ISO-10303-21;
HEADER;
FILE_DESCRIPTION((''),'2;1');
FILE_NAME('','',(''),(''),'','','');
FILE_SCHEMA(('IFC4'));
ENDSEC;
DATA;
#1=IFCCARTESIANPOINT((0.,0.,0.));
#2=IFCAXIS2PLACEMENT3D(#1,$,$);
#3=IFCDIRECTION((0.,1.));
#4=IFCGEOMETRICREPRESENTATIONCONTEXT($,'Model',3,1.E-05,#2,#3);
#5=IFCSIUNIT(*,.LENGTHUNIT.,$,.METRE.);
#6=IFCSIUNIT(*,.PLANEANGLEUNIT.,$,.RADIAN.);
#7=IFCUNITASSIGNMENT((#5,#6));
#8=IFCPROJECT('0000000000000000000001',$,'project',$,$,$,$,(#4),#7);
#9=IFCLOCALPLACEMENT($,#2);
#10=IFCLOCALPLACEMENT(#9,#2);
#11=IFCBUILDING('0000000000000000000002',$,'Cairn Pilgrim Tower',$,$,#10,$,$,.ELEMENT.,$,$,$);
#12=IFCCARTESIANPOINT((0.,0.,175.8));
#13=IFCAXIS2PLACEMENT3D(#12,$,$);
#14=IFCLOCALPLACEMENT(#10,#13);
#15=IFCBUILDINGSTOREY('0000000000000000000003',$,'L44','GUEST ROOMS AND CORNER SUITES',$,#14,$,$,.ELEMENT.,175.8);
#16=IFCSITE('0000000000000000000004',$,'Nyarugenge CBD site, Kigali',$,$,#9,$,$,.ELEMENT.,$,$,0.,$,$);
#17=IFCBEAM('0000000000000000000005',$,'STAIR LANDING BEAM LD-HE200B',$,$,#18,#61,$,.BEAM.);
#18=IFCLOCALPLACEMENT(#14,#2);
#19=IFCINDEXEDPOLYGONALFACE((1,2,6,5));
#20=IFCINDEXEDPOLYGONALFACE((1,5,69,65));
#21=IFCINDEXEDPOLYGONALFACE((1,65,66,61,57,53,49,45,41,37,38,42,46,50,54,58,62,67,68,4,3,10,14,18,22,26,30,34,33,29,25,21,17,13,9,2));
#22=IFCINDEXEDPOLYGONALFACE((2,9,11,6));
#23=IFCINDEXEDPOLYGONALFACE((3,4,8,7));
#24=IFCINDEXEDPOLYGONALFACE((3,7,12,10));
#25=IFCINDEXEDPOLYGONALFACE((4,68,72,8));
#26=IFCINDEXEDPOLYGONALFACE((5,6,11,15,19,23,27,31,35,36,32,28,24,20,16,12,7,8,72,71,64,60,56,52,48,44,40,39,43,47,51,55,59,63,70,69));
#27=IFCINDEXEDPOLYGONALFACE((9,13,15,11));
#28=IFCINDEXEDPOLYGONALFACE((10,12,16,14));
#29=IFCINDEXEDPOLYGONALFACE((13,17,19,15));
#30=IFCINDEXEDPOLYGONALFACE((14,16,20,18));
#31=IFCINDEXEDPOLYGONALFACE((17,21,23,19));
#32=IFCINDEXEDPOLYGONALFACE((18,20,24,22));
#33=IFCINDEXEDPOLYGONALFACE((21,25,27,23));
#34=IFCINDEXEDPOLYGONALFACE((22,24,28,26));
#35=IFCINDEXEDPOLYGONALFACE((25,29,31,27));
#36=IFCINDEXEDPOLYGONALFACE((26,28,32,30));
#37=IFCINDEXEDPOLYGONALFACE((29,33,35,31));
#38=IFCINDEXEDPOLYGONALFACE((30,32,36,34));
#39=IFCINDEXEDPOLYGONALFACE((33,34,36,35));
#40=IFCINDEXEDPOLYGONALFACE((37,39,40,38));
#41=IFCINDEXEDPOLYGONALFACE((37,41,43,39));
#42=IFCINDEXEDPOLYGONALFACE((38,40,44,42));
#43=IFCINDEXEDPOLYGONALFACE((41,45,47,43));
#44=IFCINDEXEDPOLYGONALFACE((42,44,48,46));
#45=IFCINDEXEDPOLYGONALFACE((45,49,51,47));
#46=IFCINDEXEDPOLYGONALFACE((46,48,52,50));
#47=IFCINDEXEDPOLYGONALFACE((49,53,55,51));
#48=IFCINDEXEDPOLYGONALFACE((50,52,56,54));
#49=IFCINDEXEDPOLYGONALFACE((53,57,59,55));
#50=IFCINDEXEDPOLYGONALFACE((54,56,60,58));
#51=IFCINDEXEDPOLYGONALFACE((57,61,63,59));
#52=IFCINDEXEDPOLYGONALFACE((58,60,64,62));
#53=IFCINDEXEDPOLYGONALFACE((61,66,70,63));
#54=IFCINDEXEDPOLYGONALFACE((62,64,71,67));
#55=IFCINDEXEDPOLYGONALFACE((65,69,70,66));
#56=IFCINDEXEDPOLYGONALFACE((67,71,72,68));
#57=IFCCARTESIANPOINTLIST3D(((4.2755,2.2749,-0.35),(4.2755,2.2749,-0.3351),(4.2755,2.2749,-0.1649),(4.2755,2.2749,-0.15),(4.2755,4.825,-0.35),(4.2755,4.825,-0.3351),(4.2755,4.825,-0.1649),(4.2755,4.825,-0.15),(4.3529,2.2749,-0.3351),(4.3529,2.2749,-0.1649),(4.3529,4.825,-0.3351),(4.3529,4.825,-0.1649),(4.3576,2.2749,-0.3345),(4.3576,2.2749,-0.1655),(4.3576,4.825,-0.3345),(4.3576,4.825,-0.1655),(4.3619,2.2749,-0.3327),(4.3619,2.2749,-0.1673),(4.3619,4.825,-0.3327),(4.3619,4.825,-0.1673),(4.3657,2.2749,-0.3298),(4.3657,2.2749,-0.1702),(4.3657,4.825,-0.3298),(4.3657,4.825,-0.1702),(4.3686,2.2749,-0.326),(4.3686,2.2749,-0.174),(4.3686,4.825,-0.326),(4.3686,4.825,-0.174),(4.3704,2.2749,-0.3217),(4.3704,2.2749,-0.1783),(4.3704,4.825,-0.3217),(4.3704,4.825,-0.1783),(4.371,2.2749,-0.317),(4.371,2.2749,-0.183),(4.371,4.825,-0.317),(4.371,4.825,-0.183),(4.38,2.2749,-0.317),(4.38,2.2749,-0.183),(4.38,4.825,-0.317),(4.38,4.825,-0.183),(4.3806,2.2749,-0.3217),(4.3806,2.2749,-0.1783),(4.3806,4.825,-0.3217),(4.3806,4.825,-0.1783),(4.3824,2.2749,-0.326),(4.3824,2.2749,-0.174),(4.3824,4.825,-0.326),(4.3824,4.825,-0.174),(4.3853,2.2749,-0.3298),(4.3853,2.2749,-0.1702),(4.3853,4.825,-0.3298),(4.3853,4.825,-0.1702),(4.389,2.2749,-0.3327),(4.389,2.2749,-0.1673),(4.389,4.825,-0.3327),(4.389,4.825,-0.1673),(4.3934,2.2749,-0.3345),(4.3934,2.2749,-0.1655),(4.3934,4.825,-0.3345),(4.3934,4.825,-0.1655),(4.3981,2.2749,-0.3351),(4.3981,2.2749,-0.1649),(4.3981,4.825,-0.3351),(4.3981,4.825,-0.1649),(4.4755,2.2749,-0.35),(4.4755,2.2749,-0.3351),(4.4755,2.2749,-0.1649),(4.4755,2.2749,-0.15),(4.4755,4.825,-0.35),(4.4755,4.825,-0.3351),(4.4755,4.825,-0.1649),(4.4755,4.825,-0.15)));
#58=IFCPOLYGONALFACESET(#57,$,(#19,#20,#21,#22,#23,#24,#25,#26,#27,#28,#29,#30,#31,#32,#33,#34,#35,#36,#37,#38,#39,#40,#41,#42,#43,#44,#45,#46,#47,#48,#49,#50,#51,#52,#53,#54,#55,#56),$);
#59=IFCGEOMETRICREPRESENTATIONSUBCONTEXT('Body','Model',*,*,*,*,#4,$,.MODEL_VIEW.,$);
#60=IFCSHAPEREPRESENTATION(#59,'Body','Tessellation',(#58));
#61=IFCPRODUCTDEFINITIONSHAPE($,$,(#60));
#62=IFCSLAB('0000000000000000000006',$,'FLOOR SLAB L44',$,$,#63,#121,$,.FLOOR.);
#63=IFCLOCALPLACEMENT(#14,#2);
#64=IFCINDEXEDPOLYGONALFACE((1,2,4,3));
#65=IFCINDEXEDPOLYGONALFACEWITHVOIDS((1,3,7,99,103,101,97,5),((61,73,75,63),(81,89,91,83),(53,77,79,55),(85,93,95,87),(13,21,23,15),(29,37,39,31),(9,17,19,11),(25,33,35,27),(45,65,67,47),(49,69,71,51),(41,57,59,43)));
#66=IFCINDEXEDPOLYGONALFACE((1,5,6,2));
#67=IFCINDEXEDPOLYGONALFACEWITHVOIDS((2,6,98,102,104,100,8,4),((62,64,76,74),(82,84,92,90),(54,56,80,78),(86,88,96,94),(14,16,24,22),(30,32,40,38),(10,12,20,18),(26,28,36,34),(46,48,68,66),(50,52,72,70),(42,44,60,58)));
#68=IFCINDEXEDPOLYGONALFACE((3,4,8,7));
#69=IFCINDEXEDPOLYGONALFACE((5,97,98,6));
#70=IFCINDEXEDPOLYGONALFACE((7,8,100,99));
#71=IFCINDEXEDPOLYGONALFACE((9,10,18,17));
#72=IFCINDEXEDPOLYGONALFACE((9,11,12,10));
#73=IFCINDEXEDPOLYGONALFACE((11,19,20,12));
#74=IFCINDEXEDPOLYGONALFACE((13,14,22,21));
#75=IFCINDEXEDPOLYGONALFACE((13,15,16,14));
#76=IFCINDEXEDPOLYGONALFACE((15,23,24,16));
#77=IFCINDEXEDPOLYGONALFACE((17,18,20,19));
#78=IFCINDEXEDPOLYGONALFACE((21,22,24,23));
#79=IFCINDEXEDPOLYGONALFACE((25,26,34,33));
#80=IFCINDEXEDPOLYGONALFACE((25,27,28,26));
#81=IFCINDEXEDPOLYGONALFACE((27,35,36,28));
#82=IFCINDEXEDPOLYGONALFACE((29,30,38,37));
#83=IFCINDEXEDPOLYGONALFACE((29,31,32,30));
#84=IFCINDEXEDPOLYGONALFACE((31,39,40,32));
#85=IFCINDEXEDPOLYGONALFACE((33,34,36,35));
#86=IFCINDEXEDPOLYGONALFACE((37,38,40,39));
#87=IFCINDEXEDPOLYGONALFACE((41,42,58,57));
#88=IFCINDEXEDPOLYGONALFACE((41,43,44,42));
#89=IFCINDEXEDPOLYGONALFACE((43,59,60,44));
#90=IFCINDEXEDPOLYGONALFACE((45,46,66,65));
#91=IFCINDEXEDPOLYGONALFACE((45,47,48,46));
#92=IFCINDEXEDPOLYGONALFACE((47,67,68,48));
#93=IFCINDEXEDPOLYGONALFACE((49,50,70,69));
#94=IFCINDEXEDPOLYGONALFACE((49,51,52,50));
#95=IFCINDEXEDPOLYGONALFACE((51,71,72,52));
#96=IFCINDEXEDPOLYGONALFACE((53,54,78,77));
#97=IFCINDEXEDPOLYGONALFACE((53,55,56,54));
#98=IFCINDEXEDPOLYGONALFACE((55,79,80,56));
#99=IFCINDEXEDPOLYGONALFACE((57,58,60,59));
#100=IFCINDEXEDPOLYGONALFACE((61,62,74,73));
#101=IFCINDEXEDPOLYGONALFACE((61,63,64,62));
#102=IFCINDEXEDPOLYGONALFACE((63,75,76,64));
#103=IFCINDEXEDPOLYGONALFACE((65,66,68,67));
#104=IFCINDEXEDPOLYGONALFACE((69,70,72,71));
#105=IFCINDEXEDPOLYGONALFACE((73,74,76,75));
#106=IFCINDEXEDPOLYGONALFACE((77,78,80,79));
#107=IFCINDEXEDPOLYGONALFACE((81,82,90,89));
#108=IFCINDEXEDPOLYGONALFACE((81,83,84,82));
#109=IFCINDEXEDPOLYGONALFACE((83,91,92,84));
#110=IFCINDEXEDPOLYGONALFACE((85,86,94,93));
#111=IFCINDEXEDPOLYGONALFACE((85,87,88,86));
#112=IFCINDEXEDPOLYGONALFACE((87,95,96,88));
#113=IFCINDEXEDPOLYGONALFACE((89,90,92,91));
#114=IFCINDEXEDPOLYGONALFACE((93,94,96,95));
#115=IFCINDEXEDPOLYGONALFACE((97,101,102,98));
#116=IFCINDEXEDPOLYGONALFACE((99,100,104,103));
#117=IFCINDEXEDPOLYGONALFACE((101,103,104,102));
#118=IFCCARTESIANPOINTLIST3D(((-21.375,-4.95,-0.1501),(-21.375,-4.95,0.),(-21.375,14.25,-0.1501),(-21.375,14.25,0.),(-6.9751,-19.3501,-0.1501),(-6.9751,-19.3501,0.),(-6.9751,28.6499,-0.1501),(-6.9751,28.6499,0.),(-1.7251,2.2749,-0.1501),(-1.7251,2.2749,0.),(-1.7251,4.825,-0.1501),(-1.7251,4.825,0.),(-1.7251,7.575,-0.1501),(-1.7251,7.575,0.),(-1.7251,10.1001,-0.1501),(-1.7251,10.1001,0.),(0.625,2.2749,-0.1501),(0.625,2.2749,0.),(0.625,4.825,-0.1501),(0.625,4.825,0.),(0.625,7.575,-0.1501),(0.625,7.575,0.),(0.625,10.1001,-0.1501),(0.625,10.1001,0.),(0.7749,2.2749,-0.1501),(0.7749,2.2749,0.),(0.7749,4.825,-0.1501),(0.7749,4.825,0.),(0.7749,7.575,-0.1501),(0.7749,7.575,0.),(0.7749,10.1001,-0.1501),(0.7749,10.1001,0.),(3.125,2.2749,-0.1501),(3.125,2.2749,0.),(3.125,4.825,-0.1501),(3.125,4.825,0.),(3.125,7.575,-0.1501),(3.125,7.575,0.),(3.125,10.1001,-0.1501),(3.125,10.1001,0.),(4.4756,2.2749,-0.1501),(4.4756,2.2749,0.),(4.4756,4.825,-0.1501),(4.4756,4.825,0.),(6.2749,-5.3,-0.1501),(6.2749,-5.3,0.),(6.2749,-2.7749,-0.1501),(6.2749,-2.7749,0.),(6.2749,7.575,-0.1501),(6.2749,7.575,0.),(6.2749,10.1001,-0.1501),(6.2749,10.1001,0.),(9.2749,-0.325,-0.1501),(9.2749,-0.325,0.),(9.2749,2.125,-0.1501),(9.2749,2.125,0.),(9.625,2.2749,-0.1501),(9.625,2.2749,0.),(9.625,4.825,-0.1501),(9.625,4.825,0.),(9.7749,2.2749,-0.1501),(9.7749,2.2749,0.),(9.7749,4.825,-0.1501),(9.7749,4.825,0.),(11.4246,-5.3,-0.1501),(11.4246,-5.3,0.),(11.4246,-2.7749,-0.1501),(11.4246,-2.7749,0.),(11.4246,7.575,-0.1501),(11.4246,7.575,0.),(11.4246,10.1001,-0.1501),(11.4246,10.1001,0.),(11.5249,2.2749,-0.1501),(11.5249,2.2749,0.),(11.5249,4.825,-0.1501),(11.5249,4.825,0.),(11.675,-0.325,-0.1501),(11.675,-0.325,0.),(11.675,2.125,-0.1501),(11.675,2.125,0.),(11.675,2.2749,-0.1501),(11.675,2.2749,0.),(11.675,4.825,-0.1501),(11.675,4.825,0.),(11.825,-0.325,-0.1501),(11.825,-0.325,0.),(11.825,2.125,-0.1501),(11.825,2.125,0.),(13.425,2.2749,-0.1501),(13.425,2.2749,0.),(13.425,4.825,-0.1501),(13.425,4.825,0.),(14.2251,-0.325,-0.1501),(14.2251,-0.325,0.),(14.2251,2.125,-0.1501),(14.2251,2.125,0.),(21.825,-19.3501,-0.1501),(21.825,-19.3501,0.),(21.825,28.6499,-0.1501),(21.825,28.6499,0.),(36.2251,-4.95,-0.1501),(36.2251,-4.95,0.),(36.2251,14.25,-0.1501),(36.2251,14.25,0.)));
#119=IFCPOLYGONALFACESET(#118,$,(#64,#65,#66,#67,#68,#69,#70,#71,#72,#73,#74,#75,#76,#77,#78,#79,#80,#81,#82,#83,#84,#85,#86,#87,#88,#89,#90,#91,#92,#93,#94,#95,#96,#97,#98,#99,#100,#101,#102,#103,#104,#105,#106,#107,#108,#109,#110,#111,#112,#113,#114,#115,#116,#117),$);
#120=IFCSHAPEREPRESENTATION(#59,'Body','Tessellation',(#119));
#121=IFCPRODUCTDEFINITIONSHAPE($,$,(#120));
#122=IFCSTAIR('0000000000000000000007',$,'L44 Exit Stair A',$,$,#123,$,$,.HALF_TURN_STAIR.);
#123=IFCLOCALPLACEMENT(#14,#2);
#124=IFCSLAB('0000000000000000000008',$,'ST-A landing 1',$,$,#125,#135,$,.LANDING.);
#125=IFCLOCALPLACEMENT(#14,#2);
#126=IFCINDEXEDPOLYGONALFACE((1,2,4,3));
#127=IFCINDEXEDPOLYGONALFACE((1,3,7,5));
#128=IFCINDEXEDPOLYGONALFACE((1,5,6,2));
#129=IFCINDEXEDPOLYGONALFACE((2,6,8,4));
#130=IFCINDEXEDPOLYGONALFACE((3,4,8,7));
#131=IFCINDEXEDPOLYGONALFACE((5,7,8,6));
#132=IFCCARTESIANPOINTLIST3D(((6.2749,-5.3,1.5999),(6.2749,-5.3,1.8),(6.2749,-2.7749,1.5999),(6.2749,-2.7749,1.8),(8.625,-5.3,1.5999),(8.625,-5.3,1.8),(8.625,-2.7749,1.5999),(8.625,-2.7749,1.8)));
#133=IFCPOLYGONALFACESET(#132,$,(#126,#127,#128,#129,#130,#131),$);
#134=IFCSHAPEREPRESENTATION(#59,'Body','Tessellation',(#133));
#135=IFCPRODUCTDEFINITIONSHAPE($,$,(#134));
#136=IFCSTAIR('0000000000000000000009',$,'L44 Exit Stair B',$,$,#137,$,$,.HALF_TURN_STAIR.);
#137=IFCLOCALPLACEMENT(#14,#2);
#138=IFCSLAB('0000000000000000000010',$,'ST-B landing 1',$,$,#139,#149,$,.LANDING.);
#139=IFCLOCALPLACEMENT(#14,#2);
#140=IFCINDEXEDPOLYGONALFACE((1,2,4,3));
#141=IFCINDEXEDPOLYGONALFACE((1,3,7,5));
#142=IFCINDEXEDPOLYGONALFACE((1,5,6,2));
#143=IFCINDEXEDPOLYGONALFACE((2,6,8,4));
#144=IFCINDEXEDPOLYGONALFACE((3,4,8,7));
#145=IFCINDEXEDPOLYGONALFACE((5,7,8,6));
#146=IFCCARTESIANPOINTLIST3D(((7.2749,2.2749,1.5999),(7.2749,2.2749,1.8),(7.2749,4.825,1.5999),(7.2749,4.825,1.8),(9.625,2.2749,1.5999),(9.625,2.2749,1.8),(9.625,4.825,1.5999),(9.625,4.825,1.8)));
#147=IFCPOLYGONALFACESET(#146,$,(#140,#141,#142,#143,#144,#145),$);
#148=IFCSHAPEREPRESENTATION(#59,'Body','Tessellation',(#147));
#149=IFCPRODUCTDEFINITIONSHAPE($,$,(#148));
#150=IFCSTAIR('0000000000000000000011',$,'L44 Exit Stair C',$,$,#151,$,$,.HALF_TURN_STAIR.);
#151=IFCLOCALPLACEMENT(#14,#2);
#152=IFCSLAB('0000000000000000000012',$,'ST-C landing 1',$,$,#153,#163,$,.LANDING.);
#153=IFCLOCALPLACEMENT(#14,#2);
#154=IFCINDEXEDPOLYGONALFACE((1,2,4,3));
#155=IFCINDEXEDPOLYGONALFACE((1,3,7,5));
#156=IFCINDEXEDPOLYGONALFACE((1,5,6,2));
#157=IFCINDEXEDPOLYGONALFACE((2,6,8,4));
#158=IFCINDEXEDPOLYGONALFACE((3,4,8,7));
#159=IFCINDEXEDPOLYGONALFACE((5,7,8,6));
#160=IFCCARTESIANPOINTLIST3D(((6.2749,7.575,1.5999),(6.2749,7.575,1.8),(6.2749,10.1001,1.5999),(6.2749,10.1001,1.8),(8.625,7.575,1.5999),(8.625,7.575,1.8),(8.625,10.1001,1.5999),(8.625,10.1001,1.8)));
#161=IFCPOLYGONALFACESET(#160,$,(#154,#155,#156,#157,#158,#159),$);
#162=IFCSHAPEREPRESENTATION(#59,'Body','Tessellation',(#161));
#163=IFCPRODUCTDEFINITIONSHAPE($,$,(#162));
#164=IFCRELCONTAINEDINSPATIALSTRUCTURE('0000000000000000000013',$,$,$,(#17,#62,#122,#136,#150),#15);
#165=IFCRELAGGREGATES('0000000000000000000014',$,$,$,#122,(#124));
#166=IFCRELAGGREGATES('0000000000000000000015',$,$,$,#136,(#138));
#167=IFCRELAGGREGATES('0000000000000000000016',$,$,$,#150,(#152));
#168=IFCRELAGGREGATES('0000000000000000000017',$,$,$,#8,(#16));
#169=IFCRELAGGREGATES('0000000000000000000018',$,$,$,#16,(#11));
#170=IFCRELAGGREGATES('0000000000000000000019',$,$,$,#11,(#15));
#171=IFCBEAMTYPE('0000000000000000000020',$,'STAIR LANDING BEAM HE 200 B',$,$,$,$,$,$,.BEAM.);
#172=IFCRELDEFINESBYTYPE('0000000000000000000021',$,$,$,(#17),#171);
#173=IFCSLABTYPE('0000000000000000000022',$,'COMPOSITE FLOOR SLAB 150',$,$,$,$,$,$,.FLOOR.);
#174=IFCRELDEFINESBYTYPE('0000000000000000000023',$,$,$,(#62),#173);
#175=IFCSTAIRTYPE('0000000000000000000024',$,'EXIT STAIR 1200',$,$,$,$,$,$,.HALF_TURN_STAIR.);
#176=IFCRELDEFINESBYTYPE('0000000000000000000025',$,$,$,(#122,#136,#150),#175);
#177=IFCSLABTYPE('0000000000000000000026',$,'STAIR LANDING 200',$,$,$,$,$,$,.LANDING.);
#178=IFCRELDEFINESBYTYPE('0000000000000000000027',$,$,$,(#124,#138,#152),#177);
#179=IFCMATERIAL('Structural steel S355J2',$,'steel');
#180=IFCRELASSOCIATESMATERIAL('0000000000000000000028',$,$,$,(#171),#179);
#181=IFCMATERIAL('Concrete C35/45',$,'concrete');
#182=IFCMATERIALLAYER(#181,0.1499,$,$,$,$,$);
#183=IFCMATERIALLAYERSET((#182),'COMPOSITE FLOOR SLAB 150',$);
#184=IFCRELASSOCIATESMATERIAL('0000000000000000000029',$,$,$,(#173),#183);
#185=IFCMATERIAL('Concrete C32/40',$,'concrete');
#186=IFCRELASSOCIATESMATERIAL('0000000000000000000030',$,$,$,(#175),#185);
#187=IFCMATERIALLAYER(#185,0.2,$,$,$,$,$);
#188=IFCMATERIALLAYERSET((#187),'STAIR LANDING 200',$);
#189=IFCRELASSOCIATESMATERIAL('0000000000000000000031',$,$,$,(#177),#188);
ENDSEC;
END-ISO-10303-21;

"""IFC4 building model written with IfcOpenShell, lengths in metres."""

from ifc_helpers import new_model, si_unit, direction, frame, origin, origin_2d, place, context, subcontext, project, spatial, polyline, i_section, outline, extrude, material, layer, layer_set, material_profile, profile_set, type_object, element, aggregate, save


model = new_model("IFC4")

# Units and contexts
model_context = context("Model", 3, precision=1e-05, world=origin(), true_north=direction((0.0, 1.0)))
body_context = subcontext(model_context, "Body", "Model", "MODEL_VIEW")
ifc_project = project(units=[si_unit("LENGTHUNIT", "METRE"), si_unit("PLANEANGLEUNIT", "RADIAN")], contexts=[model_context])

# Site, building, storey
site_placement = place(None, origin())
site = spatial("IfcSite", under=ifc_project, at=site_placement, Name="Nyarugenge CBD site, Kigali", CompositionType="ELEMENT", RefElevation=0.0)
building_placement = place(site_placement, origin())
building = spatial("IfcBuilding", under=site, at=building_placement, Name="Cairn Pilgrim Tower", CompositionType="ELEMENT")
storey_placement = place(building_placement, frame((0.0, 0.0, 175.8)))
storey = spatial("IfcBuildingStorey", under=building, at=storey_placement, Name="L44", Description="GUEST ROOMS AND CORNER SUITES", CompositionType="ELEMENT", Elevation=175.8)

# Beam
ifc_material_1 = material(Name="Structural steel S355J2", Category="steel")
ifc_material_profile = material_profile(ifc_material_1, i_section(OverallWidth=0.2, OverallDepth=0.2, WebThickness=0.009, FlangeThickness=0.0149, FilletRadius=0.0181, at=origin_2d()), Name="HE 200 B")
ifc_profile_set = profile_set([ifc_material_profile], Name="Structural steel S355J2")
beam_type = type_object("IfcBeamType", Name="STAIR LANDING BEAM HE 200 B", PredefinedType="BEAM", material=ifc_profile_set)
beam_placement = place(storey_placement, frame((4.3755, 2.2749, -0.25), z_axis=(0.0, 1.0, 0.0), x_axis=(-1.0, 0.0, 0.0)))
element("IfcBeam", 1, at=beam_placement, inside=storey, type_object=beam_type, Name="STAIR LANDING BEAM LD-HE200B", PredefinedType="BEAM", context=body_context, shape_type="SweptSolid", body=[
    extrude(i_section(OverallWidth=0.2, OverallDepth=0.2, WebThickness=0.009, FlangeThickness=0.0149, FilletRadius=0.0181, at=origin_2d()), origin(), (0.0, 0.0, 1.0), 2.55),
])

# Slab
ifc_material_2 = material(Name="Concrete C35/45", Category="concrete")
ifc_layer_1 = layer(ifc_material_2, 0.1499)
ifc_layer_set_1 = layer_set([ifc_layer_1], Name="COMPOSITE FLOOR SLAB 150")
slab_type_1 = type_object("IfcSlabType", Name="COMPOSITE FLOOR SLAB 150", PredefinedType="FLOOR", material=ifc_layer_set_1)
slab_1_placement = place(storey_placement, frame((0.0, 0.0, -0.1501)))
element("IfcSlab", 2, at=slab_1_placement, inside=storey, type_object=slab_type_1, Name="FLOOR SLAB L44", PredefinedType="FLOOR", context=body_context, shape_type="SweptSolid", body=[
    extrude(outline(polyline([(-6.9751, -19.3501), (21.825, -19.3501), (36.2251, -4.95), (36.2251, 14.25), (21.825, 28.6499), (-6.9751, 28.6499), (-21.375, 14.25), (-21.375, -4.95), (-6.9751, -19.3501)]), holes=[polyline([(9.2749, -0.325), (11.675, -0.325), (11.675, 2.125), (9.2749, 2.125), (9.2749, -0.325)]), polyline([(11.825, -0.325), (14.2251, -0.325), (14.2251, 2.125), (11.825, 2.125), (11.825, -0.325)]), polyline([(-1.7251, 2.2749), (0.625, 2.2749), (0.625, 4.825), (-1.7251, 4.825), (-1.7251, 2.2749)]), polyline([(0.7749, 2.2749), (3.125, 2.2749), (3.125, 4.825), (0.7749, 4.825), (0.7749, 2.2749)]), polyline([(-1.7251, 7.575), (0.625, 7.575), (0.625, 10.1001), (-1.7251, 10.1001), (-1.7251, 7.575)]), polyline([(0.7749, 7.575), (3.125, 7.575), (3.125, 10.1001), (0.7749, 10.1001), (0.7749, 7.575)]), polyline([(9.7749, 2.2749), (11.5249, 2.2749), (11.5249, 4.825), (9.7749, 4.825), (9.7749, 2.2749)]), polyline([(11.675, 2.2749), (13.425, 2.2749), (13.425, 4.825), (11.675, 4.825), (11.675, 2.2749)]), polyline([(11.4246, -2.7749), (6.2749, -2.7749), (6.2749, -5.3), (11.4246, -5.3), (11.4246, -2.7749)]), polyline([(4.4756, 2.2749), (9.625, 2.2749), (9.625, 4.825), (4.4756, 4.825), (4.4756, 2.2749)]), polyline([(11.4246, 10.1001), (6.2749, 10.1001), (6.2749, 7.575), (11.4246, 7.575), (11.4246, 10.1001)])]), origin(), (0.0, 0.0, 1.0), 0.1501),
])

# Stairs, slabs
ifc_material_3 = material(Name="Concrete C32/40", Category="concrete")
stair_type = type_object("IfcStairType", Name="EXIT STAIR 1200", PredefinedType="HALF_TURN_STAIR", material=ifc_material_3)
stair_1_placement = place(storey_placement, origin())
stair_1 = element("IfcStair", 3, at=stair_1_placement, inside=storey, type_object=stair_type, Name="L44 Exit Stair A", PredefinedType="HALF_TURN_STAIR")
ifc_layer_2 = layer(ifc_material_3, 0.2)
ifc_layer_set_2 = layer_set([ifc_layer_2], Name="STAIR LANDING 200")
slab_type_2 = type_object("IfcSlabType", Name="STAIR LANDING 200", PredefinedType="LANDING", material=ifc_layer_set_2)
slab_2_placement = place(storey_placement, frame((0.0, 0.0, 1.5999)))
slab_2 = element("IfcSlab", 4, at=slab_2_placement, type_object=slab_type_2, Name="ST-A landing 1", PredefinedType="LANDING", context=body_context, shape_type="SweptSolid", body=[
    extrude(outline(polyline([(8.625, -2.7749), (6.2749, -2.7749), (6.2749, -5.3), (8.625, -5.3), (8.625, -2.7749)])), origin(), (0.0, 0.0, 1.0), 0.2002),
])
aggregate(stair_1, [slab_2])
stair_2_placement = place(storey_placement, origin())
stair_2 = element("IfcStair", 5, at=stair_2_placement, inside=storey, type_object=stair_type, Name="L44 Exit Stair B", PredefinedType="HALF_TURN_STAIR")
slab_3_placement = place(storey_placement, frame((0.0, 0.0, 1.5999)))
slab_3 = element("IfcSlab", 6, at=slab_3_placement, type_object=slab_type_2, Name="ST-B landing 1", PredefinedType="LANDING", context=body_context, shape_type="SweptSolid", body=[
    extrude(outline(polyline([(7.2749, 2.2749), (9.625, 2.2749), (9.625, 4.825), (7.2749, 4.825), (7.2749, 2.2749)])), origin(), (0.0, 0.0, 1.0), 0.2002),
])
aggregate(stair_2, [slab_3])
stair_3_placement = place(storey_placement, origin())
stair_3 = element("IfcStair", 7, at=stair_3_placement, inside=storey, type_object=stair_type, Name="L44 Exit Stair C", PredefinedType="HALF_TURN_STAIR")
slab_4_placement = place(storey_placement, frame((0.0, 0.0, 1.5999)))
slab_4 = element("IfcSlab", 8, at=slab_4_placement, type_object=slab_type_2, Name="ST-C landing 1", PredefinedType="LANDING", context=body_context, shape_type="SweptSolid", body=[
    extrude(outline(polyline([(8.625, 10.1001), (6.2749, 10.1001), (6.2749, 7.575), (8.625, 7.575), (8.625, 10.1001)])), origin(), (0.0, 0.0, 1.0), 0.2002),
])
aggregate(stair_3, [slab_4])

save(model, "model.ifc")
